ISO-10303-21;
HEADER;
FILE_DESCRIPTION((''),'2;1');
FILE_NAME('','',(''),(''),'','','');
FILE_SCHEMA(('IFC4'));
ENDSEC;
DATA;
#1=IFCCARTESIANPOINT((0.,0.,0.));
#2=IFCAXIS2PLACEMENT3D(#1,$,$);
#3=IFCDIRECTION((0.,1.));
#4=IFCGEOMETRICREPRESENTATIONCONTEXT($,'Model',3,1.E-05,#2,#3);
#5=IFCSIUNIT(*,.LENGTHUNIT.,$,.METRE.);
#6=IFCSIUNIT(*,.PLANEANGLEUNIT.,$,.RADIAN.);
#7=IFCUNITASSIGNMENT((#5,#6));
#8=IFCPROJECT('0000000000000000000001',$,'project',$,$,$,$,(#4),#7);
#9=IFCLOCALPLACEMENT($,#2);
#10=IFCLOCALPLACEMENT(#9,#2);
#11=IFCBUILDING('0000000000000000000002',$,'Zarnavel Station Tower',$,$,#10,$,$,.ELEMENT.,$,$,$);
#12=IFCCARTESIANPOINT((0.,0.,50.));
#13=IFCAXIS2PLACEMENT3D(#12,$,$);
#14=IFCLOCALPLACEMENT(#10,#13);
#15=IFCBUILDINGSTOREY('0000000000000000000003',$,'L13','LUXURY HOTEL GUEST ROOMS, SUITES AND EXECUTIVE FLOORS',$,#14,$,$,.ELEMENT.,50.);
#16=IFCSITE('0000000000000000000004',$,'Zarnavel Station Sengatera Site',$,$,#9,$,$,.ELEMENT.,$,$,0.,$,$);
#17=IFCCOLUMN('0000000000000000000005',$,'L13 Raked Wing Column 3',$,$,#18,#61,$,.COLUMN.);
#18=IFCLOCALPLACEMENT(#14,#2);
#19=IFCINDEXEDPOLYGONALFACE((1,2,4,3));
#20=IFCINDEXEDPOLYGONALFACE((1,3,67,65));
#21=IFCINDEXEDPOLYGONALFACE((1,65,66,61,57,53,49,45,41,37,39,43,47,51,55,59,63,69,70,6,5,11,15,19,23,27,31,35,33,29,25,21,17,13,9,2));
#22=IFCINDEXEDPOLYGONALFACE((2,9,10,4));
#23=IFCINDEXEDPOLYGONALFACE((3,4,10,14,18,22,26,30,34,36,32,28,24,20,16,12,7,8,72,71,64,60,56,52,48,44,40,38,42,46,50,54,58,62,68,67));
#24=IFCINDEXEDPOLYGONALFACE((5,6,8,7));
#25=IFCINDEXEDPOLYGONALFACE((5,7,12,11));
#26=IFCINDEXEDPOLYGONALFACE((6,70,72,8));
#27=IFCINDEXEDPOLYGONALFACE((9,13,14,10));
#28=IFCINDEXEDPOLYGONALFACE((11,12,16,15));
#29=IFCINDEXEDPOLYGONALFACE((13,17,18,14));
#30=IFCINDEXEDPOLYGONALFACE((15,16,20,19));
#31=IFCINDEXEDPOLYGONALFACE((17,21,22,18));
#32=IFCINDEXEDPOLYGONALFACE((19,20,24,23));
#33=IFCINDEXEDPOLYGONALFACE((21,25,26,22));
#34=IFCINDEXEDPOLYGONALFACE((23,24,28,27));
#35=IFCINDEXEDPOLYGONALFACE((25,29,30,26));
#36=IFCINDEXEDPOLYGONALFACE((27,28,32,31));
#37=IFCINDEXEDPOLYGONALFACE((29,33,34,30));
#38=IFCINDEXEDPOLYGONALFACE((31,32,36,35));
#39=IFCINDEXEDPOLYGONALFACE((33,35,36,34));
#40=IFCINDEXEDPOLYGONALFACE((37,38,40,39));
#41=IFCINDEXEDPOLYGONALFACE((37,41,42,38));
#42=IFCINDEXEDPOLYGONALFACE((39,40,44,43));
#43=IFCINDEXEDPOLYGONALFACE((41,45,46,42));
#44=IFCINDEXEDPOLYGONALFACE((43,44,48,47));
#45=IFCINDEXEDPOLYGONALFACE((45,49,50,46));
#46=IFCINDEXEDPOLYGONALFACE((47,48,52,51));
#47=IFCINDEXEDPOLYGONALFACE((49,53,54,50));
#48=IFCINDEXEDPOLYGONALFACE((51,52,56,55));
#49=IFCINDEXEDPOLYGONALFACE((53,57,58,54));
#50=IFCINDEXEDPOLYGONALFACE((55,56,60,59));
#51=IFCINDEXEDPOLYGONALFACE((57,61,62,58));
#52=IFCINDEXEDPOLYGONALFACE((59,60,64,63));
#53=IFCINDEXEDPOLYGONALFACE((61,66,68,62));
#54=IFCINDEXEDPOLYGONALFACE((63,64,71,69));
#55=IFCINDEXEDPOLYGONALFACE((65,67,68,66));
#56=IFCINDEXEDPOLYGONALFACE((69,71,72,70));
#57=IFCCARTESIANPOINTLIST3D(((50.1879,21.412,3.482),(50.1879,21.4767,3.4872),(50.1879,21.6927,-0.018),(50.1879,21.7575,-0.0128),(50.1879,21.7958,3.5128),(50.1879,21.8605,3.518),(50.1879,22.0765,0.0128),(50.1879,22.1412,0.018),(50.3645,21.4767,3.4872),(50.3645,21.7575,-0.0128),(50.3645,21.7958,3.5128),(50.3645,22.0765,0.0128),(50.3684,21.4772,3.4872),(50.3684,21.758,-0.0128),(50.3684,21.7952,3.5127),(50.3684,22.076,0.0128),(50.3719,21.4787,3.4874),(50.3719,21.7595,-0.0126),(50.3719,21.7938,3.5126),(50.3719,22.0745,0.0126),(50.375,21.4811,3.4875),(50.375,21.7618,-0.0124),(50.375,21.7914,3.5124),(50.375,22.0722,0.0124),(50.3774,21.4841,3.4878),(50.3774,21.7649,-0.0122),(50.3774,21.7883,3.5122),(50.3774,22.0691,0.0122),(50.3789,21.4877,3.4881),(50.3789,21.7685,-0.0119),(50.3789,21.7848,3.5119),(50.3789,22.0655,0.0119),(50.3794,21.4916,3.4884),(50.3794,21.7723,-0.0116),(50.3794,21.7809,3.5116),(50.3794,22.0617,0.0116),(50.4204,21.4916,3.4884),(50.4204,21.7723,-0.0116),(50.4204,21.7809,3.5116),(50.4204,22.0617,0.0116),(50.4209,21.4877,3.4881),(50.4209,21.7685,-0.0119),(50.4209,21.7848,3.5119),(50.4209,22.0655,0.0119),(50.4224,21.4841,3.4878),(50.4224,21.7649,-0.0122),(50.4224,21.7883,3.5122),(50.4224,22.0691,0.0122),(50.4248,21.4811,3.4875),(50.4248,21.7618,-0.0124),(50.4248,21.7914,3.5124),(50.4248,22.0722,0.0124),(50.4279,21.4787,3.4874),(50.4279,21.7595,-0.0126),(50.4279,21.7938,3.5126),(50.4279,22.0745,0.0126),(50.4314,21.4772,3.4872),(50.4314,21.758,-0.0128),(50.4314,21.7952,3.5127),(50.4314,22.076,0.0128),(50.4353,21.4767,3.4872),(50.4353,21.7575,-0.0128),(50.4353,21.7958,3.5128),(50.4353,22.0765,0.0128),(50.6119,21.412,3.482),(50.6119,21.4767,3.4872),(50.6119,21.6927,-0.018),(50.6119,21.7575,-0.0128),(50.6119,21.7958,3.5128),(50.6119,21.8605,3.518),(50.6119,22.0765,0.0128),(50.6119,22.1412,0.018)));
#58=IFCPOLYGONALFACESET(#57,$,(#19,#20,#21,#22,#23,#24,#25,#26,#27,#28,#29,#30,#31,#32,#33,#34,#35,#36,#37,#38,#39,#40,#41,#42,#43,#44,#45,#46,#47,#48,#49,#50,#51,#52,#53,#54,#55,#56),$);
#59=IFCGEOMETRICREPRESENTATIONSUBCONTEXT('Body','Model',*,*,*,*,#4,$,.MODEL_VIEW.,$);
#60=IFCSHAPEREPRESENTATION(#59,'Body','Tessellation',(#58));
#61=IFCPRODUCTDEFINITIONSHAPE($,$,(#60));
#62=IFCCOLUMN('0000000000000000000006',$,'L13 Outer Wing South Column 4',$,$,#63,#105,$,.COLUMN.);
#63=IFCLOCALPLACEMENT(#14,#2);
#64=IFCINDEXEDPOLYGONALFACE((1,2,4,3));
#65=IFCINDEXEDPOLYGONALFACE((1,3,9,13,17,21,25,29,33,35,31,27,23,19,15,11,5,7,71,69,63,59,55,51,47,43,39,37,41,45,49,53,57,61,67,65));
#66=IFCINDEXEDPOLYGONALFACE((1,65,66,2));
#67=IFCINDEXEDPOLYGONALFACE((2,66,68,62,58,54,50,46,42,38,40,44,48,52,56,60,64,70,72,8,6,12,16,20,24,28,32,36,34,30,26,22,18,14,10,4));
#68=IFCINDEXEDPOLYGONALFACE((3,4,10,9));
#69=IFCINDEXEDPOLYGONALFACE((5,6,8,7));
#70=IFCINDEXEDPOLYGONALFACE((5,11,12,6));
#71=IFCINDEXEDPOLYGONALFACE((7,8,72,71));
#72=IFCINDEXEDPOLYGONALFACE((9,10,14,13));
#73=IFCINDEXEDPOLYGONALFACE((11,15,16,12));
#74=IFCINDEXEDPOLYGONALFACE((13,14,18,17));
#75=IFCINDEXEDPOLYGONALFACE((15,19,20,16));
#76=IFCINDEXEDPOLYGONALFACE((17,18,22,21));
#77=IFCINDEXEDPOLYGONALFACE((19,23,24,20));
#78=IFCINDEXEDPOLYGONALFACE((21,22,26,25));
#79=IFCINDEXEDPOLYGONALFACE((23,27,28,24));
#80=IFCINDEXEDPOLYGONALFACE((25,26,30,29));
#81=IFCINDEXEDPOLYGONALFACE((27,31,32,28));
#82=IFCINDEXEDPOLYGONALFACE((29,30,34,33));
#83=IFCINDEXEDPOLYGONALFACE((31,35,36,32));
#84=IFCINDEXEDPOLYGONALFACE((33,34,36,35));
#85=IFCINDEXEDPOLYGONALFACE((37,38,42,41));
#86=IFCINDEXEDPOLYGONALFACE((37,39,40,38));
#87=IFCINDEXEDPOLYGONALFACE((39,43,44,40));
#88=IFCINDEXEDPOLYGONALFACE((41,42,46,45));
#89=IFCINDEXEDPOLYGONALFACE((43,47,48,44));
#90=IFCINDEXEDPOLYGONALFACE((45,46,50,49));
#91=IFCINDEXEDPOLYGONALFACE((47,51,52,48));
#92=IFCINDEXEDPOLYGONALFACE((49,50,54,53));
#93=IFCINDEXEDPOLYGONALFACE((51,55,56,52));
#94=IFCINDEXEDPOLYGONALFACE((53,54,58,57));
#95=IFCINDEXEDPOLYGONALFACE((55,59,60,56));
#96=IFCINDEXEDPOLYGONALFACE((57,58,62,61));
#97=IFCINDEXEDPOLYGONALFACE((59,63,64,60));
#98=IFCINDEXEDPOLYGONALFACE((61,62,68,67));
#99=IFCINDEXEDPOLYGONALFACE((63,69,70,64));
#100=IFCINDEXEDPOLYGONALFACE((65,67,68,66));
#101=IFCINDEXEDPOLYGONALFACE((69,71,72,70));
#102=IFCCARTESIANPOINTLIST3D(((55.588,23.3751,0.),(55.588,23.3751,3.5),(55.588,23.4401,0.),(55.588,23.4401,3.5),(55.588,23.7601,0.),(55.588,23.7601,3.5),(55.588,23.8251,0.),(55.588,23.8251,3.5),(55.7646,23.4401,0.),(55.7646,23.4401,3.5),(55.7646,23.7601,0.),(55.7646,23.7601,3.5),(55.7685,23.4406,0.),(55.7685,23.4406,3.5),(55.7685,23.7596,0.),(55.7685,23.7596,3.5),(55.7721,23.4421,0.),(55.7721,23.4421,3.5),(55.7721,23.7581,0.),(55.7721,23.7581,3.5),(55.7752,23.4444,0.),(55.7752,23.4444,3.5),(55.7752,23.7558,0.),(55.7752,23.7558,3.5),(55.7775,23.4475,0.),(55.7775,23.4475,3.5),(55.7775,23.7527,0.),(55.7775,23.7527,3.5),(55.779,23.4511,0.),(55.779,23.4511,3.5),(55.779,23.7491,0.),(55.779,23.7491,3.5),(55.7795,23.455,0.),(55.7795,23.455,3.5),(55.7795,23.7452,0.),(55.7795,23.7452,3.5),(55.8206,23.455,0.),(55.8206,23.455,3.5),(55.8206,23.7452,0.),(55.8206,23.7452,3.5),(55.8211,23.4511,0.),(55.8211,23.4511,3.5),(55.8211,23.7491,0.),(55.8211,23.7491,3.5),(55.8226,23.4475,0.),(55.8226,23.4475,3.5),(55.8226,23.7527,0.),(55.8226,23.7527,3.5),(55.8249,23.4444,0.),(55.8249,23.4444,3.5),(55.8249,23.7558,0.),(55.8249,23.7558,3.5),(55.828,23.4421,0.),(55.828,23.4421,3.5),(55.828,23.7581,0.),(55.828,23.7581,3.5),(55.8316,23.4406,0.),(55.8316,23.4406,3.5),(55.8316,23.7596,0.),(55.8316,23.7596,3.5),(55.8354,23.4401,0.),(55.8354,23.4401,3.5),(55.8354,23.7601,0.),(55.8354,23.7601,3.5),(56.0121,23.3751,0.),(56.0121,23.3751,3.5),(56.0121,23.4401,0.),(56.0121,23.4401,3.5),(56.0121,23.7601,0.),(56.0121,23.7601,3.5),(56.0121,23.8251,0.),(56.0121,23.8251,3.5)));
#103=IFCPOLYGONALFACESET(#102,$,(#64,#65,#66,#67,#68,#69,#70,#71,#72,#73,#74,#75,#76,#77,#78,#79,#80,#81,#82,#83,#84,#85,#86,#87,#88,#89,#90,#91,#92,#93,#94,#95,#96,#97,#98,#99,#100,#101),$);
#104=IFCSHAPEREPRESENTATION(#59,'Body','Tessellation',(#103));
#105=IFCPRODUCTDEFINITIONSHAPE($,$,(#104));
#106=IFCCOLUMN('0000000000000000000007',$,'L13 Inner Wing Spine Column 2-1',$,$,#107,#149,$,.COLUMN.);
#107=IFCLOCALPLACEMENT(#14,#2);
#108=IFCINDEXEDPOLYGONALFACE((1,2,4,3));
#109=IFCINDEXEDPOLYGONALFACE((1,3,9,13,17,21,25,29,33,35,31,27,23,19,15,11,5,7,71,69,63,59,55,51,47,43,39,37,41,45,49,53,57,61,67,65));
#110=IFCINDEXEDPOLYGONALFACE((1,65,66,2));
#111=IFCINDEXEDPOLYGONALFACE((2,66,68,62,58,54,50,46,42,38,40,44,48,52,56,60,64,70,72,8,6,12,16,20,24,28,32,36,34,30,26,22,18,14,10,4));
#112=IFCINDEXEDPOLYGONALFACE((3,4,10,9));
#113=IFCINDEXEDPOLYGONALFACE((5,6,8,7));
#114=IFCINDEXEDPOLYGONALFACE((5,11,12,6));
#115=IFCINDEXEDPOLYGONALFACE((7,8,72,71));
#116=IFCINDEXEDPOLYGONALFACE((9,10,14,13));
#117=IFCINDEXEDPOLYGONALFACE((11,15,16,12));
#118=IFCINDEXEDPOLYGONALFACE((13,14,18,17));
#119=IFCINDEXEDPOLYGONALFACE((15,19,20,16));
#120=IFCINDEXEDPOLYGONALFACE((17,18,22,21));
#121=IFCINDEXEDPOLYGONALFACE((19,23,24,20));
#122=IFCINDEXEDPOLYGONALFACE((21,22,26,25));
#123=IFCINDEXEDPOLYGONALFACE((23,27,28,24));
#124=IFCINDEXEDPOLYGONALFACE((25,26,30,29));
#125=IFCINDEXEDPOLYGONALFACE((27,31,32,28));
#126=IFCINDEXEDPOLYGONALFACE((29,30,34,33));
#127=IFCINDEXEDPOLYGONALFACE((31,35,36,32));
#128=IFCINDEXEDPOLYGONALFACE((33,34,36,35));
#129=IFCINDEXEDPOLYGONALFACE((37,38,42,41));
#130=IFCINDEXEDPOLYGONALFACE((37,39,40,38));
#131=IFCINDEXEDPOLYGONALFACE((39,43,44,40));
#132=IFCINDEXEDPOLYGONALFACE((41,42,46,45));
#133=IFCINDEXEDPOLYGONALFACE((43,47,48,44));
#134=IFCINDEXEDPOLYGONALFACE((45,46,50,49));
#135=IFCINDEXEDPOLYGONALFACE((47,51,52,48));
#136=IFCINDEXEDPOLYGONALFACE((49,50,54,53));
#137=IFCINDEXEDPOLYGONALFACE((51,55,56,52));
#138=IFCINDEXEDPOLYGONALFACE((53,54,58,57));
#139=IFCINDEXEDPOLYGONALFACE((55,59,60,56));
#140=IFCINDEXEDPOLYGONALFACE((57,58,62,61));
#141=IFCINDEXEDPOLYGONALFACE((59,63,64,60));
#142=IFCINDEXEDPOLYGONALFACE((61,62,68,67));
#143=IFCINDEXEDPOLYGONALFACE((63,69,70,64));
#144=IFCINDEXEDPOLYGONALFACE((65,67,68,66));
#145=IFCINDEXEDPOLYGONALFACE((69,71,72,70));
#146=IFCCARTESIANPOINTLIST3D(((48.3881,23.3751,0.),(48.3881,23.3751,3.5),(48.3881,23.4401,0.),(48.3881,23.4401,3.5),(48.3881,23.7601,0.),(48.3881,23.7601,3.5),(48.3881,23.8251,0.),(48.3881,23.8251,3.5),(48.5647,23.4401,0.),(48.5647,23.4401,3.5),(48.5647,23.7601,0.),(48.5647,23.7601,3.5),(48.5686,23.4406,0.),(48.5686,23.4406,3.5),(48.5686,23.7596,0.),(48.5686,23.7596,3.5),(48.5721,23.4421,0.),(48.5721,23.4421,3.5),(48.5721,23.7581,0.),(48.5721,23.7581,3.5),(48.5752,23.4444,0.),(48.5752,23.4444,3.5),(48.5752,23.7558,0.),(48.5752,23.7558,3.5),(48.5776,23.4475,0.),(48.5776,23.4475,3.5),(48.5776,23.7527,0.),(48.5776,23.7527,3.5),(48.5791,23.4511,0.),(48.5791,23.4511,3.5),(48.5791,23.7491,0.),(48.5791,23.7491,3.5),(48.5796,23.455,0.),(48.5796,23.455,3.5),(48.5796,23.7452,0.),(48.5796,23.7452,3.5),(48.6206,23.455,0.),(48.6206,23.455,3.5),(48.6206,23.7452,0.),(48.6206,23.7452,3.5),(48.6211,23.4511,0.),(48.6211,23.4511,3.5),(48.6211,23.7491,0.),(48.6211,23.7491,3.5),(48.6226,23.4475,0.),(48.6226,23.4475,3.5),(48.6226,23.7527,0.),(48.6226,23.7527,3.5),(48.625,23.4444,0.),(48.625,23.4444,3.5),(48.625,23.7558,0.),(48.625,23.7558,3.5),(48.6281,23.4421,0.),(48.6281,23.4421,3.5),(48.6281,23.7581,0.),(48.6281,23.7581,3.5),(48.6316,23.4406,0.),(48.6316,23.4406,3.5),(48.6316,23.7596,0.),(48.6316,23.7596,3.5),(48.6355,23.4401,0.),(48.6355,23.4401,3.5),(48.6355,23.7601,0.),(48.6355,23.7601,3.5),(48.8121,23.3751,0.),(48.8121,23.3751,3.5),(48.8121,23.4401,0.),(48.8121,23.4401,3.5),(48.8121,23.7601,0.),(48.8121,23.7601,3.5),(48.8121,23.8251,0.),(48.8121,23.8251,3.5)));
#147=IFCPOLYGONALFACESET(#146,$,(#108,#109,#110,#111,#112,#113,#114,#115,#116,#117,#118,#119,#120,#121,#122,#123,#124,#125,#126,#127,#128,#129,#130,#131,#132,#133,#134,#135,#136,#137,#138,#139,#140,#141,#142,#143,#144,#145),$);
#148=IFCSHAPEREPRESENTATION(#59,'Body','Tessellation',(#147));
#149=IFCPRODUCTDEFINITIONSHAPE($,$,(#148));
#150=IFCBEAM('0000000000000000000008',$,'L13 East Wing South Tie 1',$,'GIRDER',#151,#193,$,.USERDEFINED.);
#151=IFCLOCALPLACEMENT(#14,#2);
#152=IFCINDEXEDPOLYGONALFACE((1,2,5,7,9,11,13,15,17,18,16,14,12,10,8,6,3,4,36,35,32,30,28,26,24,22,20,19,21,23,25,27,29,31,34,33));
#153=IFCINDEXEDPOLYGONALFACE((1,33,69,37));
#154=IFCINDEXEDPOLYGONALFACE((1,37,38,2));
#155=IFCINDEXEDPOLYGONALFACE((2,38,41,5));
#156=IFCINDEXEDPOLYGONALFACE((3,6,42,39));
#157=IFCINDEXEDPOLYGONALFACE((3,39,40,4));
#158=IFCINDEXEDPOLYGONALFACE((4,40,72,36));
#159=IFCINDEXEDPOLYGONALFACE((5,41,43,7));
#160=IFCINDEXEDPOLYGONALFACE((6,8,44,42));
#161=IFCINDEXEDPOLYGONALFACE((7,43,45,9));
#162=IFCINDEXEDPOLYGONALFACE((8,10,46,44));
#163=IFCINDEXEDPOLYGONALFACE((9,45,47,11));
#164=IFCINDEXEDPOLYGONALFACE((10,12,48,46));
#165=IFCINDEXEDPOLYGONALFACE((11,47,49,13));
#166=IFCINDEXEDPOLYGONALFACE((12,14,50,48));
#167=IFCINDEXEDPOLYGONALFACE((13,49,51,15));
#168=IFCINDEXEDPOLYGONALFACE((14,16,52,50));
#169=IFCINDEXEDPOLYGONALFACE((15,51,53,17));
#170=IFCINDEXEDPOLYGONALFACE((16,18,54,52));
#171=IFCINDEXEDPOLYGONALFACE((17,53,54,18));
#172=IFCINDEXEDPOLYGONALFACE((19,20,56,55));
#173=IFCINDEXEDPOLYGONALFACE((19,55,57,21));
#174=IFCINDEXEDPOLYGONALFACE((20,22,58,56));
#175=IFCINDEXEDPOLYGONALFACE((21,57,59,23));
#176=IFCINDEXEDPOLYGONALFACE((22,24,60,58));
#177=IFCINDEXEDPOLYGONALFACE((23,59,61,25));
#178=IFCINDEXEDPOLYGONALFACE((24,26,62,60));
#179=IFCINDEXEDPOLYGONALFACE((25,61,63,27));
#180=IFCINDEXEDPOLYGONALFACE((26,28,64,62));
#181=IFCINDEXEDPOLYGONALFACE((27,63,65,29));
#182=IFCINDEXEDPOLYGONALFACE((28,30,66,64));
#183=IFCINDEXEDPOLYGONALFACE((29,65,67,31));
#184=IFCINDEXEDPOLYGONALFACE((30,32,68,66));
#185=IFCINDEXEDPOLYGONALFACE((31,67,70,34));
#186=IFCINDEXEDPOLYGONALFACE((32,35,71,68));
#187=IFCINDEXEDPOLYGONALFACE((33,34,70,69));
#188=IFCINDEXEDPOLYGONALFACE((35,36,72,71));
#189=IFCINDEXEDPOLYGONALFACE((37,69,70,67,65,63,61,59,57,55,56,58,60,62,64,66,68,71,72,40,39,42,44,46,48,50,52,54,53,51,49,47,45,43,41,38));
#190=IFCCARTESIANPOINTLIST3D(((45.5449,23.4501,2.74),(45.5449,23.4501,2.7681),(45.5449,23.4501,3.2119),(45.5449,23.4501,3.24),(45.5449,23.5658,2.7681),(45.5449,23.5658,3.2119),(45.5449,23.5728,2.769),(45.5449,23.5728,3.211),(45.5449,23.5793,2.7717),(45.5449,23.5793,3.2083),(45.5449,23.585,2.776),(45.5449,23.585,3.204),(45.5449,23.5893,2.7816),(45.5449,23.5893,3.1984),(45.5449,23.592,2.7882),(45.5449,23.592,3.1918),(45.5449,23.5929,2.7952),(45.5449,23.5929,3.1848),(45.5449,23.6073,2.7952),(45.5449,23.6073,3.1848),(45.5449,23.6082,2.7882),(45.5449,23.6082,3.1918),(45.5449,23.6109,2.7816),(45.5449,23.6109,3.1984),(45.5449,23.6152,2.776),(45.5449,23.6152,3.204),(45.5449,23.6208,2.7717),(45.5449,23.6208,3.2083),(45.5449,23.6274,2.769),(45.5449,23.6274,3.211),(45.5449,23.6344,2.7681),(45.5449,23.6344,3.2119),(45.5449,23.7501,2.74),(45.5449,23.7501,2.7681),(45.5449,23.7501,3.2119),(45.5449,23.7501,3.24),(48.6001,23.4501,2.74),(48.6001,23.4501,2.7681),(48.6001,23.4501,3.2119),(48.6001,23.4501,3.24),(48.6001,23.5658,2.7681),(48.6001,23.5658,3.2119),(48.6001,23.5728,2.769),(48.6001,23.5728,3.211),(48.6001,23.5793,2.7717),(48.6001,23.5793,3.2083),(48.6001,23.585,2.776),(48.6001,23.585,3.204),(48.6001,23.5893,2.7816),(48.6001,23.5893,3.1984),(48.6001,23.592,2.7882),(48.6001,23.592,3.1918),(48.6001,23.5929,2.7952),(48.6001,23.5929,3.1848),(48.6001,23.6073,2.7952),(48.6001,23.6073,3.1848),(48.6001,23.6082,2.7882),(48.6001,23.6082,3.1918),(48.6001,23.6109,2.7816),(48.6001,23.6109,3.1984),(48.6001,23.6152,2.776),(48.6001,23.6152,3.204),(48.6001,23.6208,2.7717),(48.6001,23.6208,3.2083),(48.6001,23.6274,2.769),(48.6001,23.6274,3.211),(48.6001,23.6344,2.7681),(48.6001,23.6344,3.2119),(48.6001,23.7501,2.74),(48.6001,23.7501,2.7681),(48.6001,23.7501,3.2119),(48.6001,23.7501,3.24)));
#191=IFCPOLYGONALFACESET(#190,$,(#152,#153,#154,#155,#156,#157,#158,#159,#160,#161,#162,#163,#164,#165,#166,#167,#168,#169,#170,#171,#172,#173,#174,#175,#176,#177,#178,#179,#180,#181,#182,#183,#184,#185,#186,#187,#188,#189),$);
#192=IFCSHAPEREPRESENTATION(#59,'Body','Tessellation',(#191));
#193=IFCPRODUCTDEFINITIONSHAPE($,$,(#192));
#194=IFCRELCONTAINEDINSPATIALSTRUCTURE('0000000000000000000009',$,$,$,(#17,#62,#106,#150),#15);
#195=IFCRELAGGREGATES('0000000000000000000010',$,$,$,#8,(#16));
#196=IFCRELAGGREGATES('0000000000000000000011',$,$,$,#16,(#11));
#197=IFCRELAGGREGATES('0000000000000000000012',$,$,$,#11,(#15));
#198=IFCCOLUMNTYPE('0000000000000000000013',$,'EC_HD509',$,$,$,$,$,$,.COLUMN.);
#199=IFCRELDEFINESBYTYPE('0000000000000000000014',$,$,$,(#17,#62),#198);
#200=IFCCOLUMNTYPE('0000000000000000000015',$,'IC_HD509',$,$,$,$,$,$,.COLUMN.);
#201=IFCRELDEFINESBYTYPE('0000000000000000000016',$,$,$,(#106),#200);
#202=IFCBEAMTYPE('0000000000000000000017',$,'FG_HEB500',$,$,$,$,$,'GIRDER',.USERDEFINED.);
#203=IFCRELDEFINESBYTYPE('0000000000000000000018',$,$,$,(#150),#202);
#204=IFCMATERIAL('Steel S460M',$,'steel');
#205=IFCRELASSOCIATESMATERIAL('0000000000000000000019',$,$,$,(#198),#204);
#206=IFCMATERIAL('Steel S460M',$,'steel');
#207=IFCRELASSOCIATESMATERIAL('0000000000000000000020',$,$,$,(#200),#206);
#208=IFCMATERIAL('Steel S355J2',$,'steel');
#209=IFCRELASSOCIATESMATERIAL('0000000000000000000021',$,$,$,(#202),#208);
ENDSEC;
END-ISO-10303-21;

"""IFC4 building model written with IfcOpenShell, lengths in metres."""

from ifc_helpers import new_model, si_unit, direction, frame, origin, origin_2d, place, context, subcontext, project, spatial, i_section, extrude, material, material_profile, profile_set, type_object, element, save


model = new_model("IFC4")

# Units and contexts
model_context = context("Model", 3, precision=1e-05, world=origin(), true_north=direction((0.0, 1.0)))
body_context = subcontext(model_context, "Body", "Model", "MODEL_VIEW")
ifc_project = project(units=[si_unit("LENGTHUNIT", "METRE"), si_unit("PLANEANGLEUNIT", "RADIAN")], contexts=[model_context])

# Site, building, storey
site_placement = place(None, origin())
site = spatial("IfcSite", under=ifc_project, at=site_placement, Name="Zarnavel Station Sengatera Site", CompositionType="ELEMENT", RefElevation=0.0)
building_placement = place(site_placement, origin())
building = spatial("IfcBuilding", under=site, at=building_placement, Name="Zarnavel Station Tower", CompositionType="ELEMENT")
storey_placement = place(building_placement, frame((0.0, 0.0, 50.0)))
storey = spatial("IfcBuildingStorey", under=building, at=storey_placement, Name="L13", Description="LUXURY HOTEL GUEST ROOMS, SUITES AND EXECUTIVE FLOORS", CompositionType="ELEMENT", Elevation=50.0)

# Columns
ifc_material_1 = material(Name="Steel S460M", Category="steel")
ifc_material_profile_1 = material_profile(ifc_material_1, i_section(OverallWidth=0.4241, OverallDepth=0.45, WebThickness=0.041, FlangeThickness=0.0649, FilletRadius=0.0149, at=origin_2d()), Name="HD400x509")
ifc_profile_set_1 = profile_set([ifc_material_profile_1], Name="Steel S460M")
column_type_1 = type_object("IfcColumnType", Name="EC_HD509", PredefinedType="COLUMN", material=ifc_profile_set_1)
column_1_placement = place(storey_placement, frame((50.3999, 21.917, 0.0), z_axis=(0.0, -0.079961, 0.996798), x_axis=(1.0, 0.0, 0.0)))
element("IfcColumn", 1, at=column_1_placement, inside=storey, type_object=column_type_1, Name="L13 Raked Wing Column 3", PredefinedType="COLUMN", context=body_context, shape_type="SweptSolid", body=[
    extrude(i_section(OverallWidth=0.4241, OverallDepth=0.45, WebThickness=0.041, FlangeThickness=0.0649, FilletRadius=0.0149, at=origin_2d()), origin(), (0.0, 0.0, 1.0), 3.5112),
])
column_2_placement = place(storey_placement, frame((55.8, 23.6001, 0.0), z_axis=(0.0, 0.0, 1.0), x_axis=(1.0, 0.0, 0.0)))
element("IfcColumn", 2, at=column_2_placement, inside=storey, type_object=column_type_1, Name="L13 Outer Wing South Column 4", PredefinedType="COLUMN", context=body_context, shape_type="SweptSolid", body=[
    extrude(i_section(OverallWidth=0.4241, OverallDepth=0.45, WebThickness=0.041, FlangeThickness=0.0649, FilletRadius=0.0149, at=origin_2d()), origin(), (0.0, 0.0, 1.0), 3.5),
])
ifc_material_2 = material(Name="Steel S460M", Category="steel")
ifc_material_profile_2 = material_profile(ifc_material_2, i_section(OverallWidth=0.4241, OverallDepth=0.45, WebThickness=0.041, FlangeThickness=0.0649, FilletRadius=0.0149, at=origin_2d()), Name="HD400x509")
ifc_profile_set_2 = profile_set([ifc_material_profile_2], Name="Steel S460M")
column_type_2 = type_object("IfcColumnType", Name="IC_HD509", PredefinedType="COLUMN", material=ifc_profile_set_2)
column_3_placement = place(storey_placement, frame((48.6001, 23.6001, 0.0), z_axis=(0.0, 0.0, 1.0), x_axis=(1.0, 0.0, 0.0)))
element("IfcColumn", 3, at=column_3_placement, inside=storey, type_object=column_type_2, Name="L13 Inner Wing Spine Column 2-1", PredefinedType="COLUMN", context=body_context, shape_type="SweptSolid", body=[
    extrude(i_section(OverallWidth=0.4241, OverallDepth=0.45, WebThickness=0.041, FlangeThickness=0.0649, FilletRadius=0.0149, at=origin_2d()), origin(), (0.0, 0.0, 1.0), 3.5),
])

# Beam
ifc_material_3 = material(Name="Steel S355J2", Category="steel")
ifc_material_profile_3 = material_profile(ifc_material_3, i_section(OverallWidth=0.3, OverallDepth=0.5, WebThickness=0.0144, FlangeThickness=0.0281, FilletRadius=0.0271, at=origin_2d()), Name="HEB500")
ifc_profile_set_3 = profile_set([ifc_material_profile_3], Name="Steel S355J2")
beam_type_1 = type_object("IfcBeamType", Name="FG_HEB500", ElementType="GIRDER", PredefinedType="USERDEFINED", material=ifc_profile_set_3)
beam_1_placement = place(storey_placement, frame((45.5449, 23.6001, 2.99), z_axis=(1.0, 0.0, 0.0), x_axis=(0.0, 1.0, 0.0)))
element("IfcBeam", 4, at=beam_1_placement, inside=storey, type_object=beam_type_1, Name="L13 East Wing South Tie 1", ObjectType="GIRDER", PredefinedType="USERDEFINED", context=body_context, shape_type="SweptSolid", body=[
    extrude(i_section(OverallWidth=0.3, OverallDepth=0.5, WebThickness=0.0144, FlangeThickness=0.0281, FilletRadius=0.0271, at=origin_2d()), origin(), (0.0, 0.0, 1.0), 3.0552),
])

save(model, "model.ifc")
